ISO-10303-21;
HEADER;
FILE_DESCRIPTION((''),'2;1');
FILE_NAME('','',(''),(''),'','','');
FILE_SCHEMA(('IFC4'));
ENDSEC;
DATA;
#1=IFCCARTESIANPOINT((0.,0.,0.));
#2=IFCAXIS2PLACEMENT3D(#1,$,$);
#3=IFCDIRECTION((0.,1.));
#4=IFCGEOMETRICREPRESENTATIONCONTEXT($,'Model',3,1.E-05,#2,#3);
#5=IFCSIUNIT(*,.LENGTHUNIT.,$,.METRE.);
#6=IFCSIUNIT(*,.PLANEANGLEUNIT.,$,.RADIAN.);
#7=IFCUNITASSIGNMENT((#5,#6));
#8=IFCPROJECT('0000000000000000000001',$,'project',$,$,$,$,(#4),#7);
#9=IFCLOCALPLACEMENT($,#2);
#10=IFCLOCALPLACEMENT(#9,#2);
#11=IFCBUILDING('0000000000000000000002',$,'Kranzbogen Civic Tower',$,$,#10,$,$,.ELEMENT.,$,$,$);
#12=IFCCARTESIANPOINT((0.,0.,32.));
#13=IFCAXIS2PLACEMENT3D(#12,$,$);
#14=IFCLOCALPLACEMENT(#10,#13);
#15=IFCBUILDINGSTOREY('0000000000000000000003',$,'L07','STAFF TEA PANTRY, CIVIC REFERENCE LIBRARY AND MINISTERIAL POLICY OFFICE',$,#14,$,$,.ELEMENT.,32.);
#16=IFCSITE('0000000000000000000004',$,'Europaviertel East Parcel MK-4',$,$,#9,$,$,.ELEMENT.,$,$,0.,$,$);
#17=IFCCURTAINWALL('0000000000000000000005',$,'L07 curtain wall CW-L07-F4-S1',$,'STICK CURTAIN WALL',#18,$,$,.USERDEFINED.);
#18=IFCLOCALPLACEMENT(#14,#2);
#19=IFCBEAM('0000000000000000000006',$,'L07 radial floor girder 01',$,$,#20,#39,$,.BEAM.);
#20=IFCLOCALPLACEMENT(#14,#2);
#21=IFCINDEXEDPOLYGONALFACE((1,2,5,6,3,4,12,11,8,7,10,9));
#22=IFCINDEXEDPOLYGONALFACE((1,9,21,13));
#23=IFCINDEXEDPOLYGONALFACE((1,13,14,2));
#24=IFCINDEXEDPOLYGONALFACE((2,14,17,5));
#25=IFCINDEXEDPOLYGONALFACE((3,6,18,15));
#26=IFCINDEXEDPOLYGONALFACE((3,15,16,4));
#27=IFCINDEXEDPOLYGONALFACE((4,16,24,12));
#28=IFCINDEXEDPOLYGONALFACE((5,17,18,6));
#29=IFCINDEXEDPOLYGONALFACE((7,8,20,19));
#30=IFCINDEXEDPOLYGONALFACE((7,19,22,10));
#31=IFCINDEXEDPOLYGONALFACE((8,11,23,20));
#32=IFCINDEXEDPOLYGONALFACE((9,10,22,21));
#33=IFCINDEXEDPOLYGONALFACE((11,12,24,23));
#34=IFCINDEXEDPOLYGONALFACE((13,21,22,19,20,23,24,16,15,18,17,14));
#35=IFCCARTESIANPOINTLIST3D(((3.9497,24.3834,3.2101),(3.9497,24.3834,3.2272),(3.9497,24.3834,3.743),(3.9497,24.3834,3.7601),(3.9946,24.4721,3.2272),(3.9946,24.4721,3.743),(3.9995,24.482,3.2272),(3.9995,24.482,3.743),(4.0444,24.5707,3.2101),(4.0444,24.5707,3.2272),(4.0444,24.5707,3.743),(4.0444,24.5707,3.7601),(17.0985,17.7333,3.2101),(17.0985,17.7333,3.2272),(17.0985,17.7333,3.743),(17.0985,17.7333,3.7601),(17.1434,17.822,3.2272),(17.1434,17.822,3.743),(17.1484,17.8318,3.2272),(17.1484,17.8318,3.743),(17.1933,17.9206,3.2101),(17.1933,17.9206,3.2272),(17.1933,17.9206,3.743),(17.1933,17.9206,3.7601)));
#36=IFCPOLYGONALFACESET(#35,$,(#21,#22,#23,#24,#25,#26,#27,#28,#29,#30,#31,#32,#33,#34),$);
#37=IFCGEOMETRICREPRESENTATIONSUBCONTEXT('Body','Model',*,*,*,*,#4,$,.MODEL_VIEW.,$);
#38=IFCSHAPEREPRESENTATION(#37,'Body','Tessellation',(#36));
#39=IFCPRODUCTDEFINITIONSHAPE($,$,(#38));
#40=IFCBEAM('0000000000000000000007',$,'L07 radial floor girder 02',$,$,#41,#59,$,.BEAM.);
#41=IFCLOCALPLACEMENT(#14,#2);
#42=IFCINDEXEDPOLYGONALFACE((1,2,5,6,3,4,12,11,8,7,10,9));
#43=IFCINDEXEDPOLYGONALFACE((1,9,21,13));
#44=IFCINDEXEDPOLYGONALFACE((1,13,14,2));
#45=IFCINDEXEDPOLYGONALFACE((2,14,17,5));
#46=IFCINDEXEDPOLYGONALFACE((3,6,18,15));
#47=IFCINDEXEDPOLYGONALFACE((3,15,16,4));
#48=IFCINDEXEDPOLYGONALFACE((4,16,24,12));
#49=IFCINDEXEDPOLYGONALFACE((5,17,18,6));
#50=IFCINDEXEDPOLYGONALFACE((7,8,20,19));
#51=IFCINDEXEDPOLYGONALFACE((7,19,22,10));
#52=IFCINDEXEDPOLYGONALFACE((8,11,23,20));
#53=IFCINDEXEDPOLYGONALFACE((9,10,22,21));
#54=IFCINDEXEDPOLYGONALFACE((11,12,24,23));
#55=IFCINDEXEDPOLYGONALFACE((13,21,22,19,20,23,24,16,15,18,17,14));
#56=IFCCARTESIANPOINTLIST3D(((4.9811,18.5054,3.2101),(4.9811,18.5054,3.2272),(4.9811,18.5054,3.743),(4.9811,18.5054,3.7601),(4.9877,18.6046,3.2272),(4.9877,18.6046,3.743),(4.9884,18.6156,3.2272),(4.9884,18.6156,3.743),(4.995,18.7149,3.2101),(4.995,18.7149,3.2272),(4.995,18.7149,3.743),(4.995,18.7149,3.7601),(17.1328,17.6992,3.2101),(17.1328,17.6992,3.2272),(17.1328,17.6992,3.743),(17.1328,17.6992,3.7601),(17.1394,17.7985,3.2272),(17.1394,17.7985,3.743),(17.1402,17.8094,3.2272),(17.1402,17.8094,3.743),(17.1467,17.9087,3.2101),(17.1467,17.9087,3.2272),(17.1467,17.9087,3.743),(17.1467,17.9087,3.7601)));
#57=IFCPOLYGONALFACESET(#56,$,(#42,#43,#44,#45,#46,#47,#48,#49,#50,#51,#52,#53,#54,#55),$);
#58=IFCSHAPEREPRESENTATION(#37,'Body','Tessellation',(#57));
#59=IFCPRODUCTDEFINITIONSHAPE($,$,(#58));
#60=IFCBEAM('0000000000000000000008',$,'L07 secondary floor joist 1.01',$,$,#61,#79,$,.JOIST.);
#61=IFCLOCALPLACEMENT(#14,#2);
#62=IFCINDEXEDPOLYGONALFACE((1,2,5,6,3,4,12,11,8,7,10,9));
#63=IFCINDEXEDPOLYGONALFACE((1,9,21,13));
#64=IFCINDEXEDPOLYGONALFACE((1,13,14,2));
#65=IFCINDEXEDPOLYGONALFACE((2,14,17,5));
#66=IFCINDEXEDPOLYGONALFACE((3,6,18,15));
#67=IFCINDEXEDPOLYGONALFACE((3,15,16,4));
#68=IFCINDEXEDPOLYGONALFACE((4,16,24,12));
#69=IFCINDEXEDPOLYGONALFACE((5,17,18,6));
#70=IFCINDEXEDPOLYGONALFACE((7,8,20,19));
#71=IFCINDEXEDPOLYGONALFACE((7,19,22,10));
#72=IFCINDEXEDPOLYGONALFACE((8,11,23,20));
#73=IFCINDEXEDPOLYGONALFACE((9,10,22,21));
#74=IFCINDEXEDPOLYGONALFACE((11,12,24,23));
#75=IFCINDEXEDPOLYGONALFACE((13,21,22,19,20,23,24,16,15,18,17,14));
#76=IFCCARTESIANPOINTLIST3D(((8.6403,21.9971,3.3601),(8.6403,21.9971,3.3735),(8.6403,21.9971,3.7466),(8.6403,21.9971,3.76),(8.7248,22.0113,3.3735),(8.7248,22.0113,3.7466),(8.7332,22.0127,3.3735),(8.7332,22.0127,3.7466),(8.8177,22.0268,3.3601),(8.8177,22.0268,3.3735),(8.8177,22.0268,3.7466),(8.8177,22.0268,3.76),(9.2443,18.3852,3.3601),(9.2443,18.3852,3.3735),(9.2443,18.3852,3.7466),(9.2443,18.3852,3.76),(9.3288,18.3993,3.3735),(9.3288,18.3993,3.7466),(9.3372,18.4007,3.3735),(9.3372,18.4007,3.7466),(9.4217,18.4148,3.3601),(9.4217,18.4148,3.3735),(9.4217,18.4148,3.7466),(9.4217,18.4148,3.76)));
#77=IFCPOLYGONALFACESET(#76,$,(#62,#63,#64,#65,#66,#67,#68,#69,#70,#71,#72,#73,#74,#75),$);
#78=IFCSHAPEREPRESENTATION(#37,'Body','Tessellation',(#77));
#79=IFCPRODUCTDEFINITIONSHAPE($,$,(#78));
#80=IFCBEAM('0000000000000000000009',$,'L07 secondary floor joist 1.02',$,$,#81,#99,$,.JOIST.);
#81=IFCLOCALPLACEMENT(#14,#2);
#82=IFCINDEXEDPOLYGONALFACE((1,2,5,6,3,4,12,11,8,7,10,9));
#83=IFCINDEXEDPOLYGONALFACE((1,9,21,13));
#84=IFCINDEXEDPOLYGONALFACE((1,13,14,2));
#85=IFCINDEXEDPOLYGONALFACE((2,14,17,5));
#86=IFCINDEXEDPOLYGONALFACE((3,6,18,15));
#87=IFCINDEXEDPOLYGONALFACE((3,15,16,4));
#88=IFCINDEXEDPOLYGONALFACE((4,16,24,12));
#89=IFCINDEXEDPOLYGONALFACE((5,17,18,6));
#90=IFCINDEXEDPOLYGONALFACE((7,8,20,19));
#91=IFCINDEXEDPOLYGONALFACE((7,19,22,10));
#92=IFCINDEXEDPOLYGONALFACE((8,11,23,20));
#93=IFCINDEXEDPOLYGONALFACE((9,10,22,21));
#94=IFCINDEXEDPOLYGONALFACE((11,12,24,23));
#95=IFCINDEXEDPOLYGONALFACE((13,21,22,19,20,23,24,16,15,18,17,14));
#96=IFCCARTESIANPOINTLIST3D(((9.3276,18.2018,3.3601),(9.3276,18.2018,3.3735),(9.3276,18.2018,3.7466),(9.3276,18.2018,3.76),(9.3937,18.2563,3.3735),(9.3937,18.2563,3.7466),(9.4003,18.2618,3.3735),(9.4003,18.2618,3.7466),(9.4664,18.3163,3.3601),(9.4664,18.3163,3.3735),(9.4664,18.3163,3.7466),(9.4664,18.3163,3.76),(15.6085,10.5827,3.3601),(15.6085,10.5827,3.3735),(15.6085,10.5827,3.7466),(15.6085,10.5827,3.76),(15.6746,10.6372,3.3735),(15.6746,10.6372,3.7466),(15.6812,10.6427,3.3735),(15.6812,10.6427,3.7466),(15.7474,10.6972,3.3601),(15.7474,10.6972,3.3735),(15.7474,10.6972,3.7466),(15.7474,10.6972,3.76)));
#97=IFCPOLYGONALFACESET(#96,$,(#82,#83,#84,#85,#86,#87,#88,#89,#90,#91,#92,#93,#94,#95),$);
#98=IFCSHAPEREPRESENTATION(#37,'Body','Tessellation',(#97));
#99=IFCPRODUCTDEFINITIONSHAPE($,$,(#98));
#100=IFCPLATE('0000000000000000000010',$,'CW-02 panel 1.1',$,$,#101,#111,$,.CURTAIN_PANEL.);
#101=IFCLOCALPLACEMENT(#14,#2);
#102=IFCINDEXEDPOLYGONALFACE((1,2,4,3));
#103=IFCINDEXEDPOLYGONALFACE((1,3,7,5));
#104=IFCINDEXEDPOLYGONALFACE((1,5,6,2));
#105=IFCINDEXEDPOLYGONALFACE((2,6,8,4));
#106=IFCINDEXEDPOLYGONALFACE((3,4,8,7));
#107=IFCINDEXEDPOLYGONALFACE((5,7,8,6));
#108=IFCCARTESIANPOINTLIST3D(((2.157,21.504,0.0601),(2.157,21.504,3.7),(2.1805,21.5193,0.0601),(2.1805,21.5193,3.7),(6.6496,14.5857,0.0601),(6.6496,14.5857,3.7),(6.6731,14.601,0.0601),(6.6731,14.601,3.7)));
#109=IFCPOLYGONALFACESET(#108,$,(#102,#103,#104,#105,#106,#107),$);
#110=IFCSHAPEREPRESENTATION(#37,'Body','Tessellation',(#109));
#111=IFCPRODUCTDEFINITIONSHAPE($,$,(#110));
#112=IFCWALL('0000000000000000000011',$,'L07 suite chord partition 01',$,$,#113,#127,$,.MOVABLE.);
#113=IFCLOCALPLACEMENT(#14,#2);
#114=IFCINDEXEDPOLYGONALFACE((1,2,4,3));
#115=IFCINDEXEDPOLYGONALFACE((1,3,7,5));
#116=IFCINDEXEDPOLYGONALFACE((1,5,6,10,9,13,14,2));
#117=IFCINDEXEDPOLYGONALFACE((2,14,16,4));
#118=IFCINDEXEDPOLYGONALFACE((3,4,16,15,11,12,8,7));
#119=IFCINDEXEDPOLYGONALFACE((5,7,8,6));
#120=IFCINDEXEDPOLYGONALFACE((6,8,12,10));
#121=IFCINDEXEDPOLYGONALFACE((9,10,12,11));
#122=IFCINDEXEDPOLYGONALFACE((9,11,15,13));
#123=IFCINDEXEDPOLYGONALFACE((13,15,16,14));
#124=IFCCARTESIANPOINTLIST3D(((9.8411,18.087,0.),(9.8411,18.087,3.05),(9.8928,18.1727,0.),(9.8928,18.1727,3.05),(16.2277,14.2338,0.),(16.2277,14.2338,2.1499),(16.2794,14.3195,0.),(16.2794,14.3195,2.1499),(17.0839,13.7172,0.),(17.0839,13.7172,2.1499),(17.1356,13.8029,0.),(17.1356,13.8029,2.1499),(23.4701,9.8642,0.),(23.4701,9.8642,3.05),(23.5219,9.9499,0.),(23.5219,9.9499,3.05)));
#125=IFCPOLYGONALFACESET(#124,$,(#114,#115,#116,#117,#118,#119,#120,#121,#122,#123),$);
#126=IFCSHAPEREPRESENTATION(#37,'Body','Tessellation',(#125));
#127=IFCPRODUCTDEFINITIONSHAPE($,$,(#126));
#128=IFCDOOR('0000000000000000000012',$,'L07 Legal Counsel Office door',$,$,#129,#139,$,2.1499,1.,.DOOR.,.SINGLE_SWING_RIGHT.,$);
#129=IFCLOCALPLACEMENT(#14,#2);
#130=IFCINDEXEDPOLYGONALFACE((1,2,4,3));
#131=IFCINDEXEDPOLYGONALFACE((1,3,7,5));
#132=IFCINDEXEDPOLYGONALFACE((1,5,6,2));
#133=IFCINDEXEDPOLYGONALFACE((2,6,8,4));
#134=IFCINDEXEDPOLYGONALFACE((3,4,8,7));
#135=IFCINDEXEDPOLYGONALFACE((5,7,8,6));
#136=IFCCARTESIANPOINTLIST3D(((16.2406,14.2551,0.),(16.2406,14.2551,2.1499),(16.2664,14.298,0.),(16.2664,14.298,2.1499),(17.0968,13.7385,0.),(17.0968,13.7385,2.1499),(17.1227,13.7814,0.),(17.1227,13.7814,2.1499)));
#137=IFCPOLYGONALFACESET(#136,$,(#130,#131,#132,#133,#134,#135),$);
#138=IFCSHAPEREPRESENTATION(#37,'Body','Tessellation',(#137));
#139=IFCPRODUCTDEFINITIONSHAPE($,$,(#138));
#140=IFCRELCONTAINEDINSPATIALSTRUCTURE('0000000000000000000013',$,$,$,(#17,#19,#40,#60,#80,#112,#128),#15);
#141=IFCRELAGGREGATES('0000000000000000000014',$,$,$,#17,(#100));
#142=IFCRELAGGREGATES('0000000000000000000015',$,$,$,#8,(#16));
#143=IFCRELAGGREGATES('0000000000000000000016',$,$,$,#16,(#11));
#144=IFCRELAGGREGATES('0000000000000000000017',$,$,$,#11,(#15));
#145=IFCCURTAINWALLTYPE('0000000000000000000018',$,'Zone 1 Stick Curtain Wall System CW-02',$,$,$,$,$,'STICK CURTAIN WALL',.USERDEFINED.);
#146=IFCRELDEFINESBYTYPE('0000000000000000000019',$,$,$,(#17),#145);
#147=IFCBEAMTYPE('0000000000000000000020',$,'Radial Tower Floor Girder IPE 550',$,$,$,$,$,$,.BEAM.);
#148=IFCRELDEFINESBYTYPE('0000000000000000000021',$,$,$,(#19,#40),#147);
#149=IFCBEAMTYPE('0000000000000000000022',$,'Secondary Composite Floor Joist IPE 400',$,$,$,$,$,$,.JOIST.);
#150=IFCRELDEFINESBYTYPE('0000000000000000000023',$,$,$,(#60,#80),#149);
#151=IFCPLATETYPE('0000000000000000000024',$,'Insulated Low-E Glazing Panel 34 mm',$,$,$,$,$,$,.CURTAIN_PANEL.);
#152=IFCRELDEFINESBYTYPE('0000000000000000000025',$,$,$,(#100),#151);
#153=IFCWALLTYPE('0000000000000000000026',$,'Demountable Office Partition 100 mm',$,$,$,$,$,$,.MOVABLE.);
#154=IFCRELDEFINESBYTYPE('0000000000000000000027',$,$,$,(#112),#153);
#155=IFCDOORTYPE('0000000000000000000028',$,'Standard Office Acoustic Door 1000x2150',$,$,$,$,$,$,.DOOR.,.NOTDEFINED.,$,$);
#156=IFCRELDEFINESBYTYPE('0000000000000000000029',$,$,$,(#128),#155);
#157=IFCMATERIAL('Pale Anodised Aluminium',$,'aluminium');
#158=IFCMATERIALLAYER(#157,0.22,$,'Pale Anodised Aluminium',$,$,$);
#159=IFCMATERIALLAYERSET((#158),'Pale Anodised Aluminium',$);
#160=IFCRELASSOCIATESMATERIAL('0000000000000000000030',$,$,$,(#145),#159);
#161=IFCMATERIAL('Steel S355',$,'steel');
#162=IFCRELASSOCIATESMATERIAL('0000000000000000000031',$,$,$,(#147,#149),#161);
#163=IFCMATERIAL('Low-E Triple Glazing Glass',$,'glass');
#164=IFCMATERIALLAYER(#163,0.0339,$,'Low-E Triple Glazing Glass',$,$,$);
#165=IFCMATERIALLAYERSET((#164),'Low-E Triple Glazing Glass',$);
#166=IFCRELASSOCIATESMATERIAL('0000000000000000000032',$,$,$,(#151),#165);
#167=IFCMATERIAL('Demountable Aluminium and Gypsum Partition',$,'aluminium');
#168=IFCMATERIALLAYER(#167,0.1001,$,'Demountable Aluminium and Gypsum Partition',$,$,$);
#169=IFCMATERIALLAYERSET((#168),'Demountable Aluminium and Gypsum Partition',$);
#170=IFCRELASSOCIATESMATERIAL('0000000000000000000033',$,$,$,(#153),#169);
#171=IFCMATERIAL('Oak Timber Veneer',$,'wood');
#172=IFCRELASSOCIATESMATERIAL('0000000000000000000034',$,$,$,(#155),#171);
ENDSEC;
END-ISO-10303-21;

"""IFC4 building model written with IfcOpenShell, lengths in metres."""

from ifc_helpers import new_model, si_unit, direction, frame, frame_2d, origin, origin_2d, place, context, subcontext, project, spatial, rectangle, i_section, extrude, material, layer, layer_set, material_profile, profile_set, type_object, element, fill, aggregate, save


model = new_model("IFC4")

# Units and contexts
model_context = context("Model", 3, precision=1e-05, world=origin(), true_north=direction((0.0, 1.0)))
body_context = subcontext(model_context, "Body", "Model", "MODEL_VIEW")
ifc_project = project(units=[si_unit("LENGTHUNIT", "METRE"), si_unit("PLANEANGLEUNIT", "RADIAN")], contexts=[model_context])

# Site, building, storey
site_placement = place(None, origin())
site = spatial("IfcSite", under=ifc_project, at=site_placement, Name="Europaviertel East Parcel MK-4", CompositionType="ELEMENT", RefElevation=0.0)
building_placement = place(site_placement, origin())
building = spatial("IfcBuilding", under=site, at=building_placement, Name="Kranzbogen Civic Tower", CompositionType="ELEMENT")
storey_placement = place(building_placement, frame((0.0, 0.0, 32.0)))
storey = spatial("IfcBuildingStorey", under=building, at=storey_placement, Name="L07", Description="STAFF TEA PANTRY, CIVIC REFERENCE LIBRARY AND MINISTERIAL POLICY OFFICE", CompositionType="ELEMENT", Elevation=32.0)

# Curtain wall
ifc_material_1 = material(Name="Pale Anodised Aluminium", Category="aluminium")
ifc_layer_1 = layer(ifc_material_1, 0.22, Name="Pale Anodised Aluminium")
ifc_layer_set_1 = layer_set([ifc_layer_1], Name="Pale Anodised Aluminium")
curtain_wall_type = type_object("IfcCurtainWallType", Name="Zone 1 Stick Curtain Wall System CW-02", ElementType="STICK CURTAIN WALL", PredefinedType="USERDEFINED", material=ifc_layer_set_1)
curtain_wall_placement = place(storey_placement, origin())
curtain_wall = element("IfcCurtainWall", 1, at=curtain_wall_placement, inside=storey, type_object=curtain_wall_type, Name="L07 curtain wall CW-L07-F4-S1", ObjectType="STICK CURTAIN WALL", PredefinedType="USERDEFINED")

# Beams
ifc_material_2 = material(Name="Steel S355", Category="steel")
ifc_material_profile_1 = material_profile(ifc_material_2, i_section(OverallWidth=0.21, OverallDepth=0.55, WebThickness=0.011, FlangeThickness=0.0171, at=origin_2d()), Name="IPE 550")
ifc_profile_set_1 = profile_set([ifc_material_profile_1], Name="Steel S355")
beam_type_1 = type_object("IfcBeamType", Name="Radial Tower Floor Girder IPE 550", PredefinedType="BEAM", material=ifc_profile_set_1)
beam_1_placement = place(storey_placement, frame((3.9971, 24.4771, 3.4851), z_axis=(0.892363, -0.451318, 0.0), x_axis=(0.451318, 0.892363, 0.0)))
element("IfcBeam", 2, at=beam_1_placement, inside=storey, type_object=beam_type_1, Name="L07 radial floor girder 01", PredefinedType="BEAM", context=body_context, shape_type="SweptSolid", body=[
    extrude(i_section(OverallWidth=0.21, OverallDepth=0.55, WebThickness=0.011, FlangeThickness=0.0171, at=origin_2d()), origin(), (0.0, 0.0, 1.0), 14.7349),
])
beam_2_placement = place(storey_placement, frame((4.988, 18.6101, 3.4851), z_axis=(0.997807, -0.066194, 0.0), x_axis=(0.066194, 0.997807, 0.0)))
element("IfcBeam", 3, at=beam_2_placement, inside=storey, type_object=beam_type_1, Name="L07 radial floor girder 02", PredefinedType="BEAM", context=body_context, shape_type="SweptSolid", body=[
    extrude(i_section(OverallWidth=0.21, OverallDepth=0.55, WebThickness=0.011, FlangeThickness=0.0171, at=origin_2d()), origin(), (0.0, 0.0, 1.0), 12.1785),
])
ifc_material_profile_2 = material_profile(ifc_material_2, i_section(OverallWidth=0.1799, OverallDepth=0.3999, WebThickness=0.0085, FlangeThickness=0.0134, at=origin_2d()), Name="IPE 400")
ifc_profile_set_2 = profile_set([ifc_material_profile_2], Name="Steel S355")
beam_type_2 = type_object("IfcBeamType", Name="Secondary Composite Floor Joist IPE 400", PredefinedType="JOIST", material=ifc_profile_set_2)
beam_3_placement = place(storey_placement, frame((8.729, 22.012, 3.5601), z_axis=(0.164929, -0.986305, 0.0), x_axis=(0.986305, 0.164929, 0.0)))
element("IfcBeam", 4, at=beam_3_placement, inside=storey, type_object=beam_type_2, Name="L07 secondary floor joist 1.01", PredefinedType="JOIST", context=body_context, shape_type="SweptSolid", body=[
    extrude(i_section(OverallWidth=0.1799, OverallDepth=0.3999, WebThickness=0.0085, FlangeThickness=0.0134, at=origin_2d()), origin(), (0.0, 0.0, 1.0), 3.6621),
])
beam_4_placement = place(storey_placement, frame((9.397, 18.259, 3.5601), z_axis=(0.636095, -0.771611, 0.0), x_axis=(0.771611, 0.636095, 0.0)))
element("IfcBeam", 5, at=beam_4_placement, inside=storey, type_object=beam_type_2, Name="L07 secondary floor joist 1.02", PredefinedType="JOIST", context=body_context, shape_type="SweptSolid", body=[
    extrude(i_section(OverallWidth=0.1799, OverallDepth=0.3999, WebThickness=0.0085, FlangeThickness=0.0134, at=origin_2d()), origin(), (0.0, 0.0, 1.0), 9.8743),
])

# Plate
ifc_material_3 = material(Name="Low-E Triple Glazing Glass", Category="glass")
ifc_layer_2 = layer(ifc_material_3, 0.0339, Name="Low-E Triple Glazing Glass")
ifc_layer_set_2 = layer_set([ifc_layer_2], Name="Low-E Triple Glazing Glass")
plate_type = type_object("IfcPlateType", Name="Insulated Low-E Glazing Panel 34 mm", PredefinedType="CURTAIN_PANEL", material=ifc_layer_set_2)
plate_placement = place(storey_placement, frame((4.415, 18.0525, 0.0601), z_axis=(0.0, 0.0, 1.0), x_axis=(0.544623, -0.838681, 0.0)))
plate = element("IfcPlate", 6, at=plate_placement, type_object=plate_type, Name="CW-02 panel 1.1", PredefinedType="CURTAIN_PANEL", context=body_context, shape_type="SweptSolid", body=[
    extrude(rectangle(XDim=8.249, YDim=0.0281, at=origin_2d()), origin(), (0.0, 0.0, 1.0), 3.6399),
])
aggregate(curtain_wall, [plate])

# Wall, opening, door
ifc_material_4 = material(Name="Demountable Aluminium and Gypsum Partition", Category="aluminium")
ifc_layer_3 = layer(ifc_material_4, 0.1001, Name="Demountable Aluminium and Gypsum Partition")
ifc_layer_set_3 = layer_set([ifc_layer_3], Name="Demountable Aluminium and Gypsum Partition")
wall_type = type_object("IfcWallType", Name="Demountable Office Partition 100 mm", PredefinedType="MOVABLE", material=ifc_layer_set_3)
wall_placement = place(storey_placement, frame((9.8669, 18.1299, 0.0), z_axis=(0.0, 0.0, 1.0), x_axis=(0.856232, -0.516592, 0.0)))
wall = element("IfcWall", 7, at=wall_placement, inside=storey, type_object=wall_type, Name="L07 suite chord partition 01", PredefinedType="MOVABLE", context=body_context, shape_type="SweptSolid", body=[
    extrude(rectangle(XDim=15.9175, YDim=0.1001, at=frame_2d((7.9587, 0.0))), origin(), (0.0, 0.0, 1.0), 3.05),
])
opening_placement = place(wall_placement, frame((7.459, 0.0, 0.0)))
opening = element("IfcOpeningElement", 8, at=opening_placement, cuts=wall, PredefinedType="OPENING", context=body_context, shape_type="SweptSolid", body=[
    extrude(rectangle(XDim=1.0, YDim=2.1499, at=frame_2d((0.5, 1.075))), frame((0.0, 0.0601, 0.0), z_axis=(0.0, -1.0, 0.0), x_axis=(1.0, 0.0, 0.0)), (0.0, 0.0, 1.0), 0.1201),
])
ifc_material_5 = material(Name="Oak Timber Veneer", Category="wood")
door_type = type_object("IfcDoorType", Name="Standard Office Acoustic Door 1000x2150", OperationType="NOTDEFINED", PredefinedType="DOOR", material=ifc_material_5)
door_placement = place(opening_placement, origin())
door = element("IfcDoor", 9, at=door_placement, inside=storey, type_object=door_type, Name="L07 Legal Counsel Office door", OperationType="SINGLE_SWING_RIGHT", OverallHeight=2.1499, OverallWidth=1.0, PredefinedType="DOOR", context=body_context, shape_type="SweptSolid", body=[
    extrude(rectangle(XDim=1.0, YDim=2.1499, at=frame_2d((0.5, 1.075))), frame((0.0, 0.0249, 0.0), z_axis=(0.0, -1.0, 0.0), x_axis=(1.0, 0.0, 0.0)), (0.0, 0.0, 1.0), 0.05),
])
fill(opening, door)

save(model, "model.ifc")
